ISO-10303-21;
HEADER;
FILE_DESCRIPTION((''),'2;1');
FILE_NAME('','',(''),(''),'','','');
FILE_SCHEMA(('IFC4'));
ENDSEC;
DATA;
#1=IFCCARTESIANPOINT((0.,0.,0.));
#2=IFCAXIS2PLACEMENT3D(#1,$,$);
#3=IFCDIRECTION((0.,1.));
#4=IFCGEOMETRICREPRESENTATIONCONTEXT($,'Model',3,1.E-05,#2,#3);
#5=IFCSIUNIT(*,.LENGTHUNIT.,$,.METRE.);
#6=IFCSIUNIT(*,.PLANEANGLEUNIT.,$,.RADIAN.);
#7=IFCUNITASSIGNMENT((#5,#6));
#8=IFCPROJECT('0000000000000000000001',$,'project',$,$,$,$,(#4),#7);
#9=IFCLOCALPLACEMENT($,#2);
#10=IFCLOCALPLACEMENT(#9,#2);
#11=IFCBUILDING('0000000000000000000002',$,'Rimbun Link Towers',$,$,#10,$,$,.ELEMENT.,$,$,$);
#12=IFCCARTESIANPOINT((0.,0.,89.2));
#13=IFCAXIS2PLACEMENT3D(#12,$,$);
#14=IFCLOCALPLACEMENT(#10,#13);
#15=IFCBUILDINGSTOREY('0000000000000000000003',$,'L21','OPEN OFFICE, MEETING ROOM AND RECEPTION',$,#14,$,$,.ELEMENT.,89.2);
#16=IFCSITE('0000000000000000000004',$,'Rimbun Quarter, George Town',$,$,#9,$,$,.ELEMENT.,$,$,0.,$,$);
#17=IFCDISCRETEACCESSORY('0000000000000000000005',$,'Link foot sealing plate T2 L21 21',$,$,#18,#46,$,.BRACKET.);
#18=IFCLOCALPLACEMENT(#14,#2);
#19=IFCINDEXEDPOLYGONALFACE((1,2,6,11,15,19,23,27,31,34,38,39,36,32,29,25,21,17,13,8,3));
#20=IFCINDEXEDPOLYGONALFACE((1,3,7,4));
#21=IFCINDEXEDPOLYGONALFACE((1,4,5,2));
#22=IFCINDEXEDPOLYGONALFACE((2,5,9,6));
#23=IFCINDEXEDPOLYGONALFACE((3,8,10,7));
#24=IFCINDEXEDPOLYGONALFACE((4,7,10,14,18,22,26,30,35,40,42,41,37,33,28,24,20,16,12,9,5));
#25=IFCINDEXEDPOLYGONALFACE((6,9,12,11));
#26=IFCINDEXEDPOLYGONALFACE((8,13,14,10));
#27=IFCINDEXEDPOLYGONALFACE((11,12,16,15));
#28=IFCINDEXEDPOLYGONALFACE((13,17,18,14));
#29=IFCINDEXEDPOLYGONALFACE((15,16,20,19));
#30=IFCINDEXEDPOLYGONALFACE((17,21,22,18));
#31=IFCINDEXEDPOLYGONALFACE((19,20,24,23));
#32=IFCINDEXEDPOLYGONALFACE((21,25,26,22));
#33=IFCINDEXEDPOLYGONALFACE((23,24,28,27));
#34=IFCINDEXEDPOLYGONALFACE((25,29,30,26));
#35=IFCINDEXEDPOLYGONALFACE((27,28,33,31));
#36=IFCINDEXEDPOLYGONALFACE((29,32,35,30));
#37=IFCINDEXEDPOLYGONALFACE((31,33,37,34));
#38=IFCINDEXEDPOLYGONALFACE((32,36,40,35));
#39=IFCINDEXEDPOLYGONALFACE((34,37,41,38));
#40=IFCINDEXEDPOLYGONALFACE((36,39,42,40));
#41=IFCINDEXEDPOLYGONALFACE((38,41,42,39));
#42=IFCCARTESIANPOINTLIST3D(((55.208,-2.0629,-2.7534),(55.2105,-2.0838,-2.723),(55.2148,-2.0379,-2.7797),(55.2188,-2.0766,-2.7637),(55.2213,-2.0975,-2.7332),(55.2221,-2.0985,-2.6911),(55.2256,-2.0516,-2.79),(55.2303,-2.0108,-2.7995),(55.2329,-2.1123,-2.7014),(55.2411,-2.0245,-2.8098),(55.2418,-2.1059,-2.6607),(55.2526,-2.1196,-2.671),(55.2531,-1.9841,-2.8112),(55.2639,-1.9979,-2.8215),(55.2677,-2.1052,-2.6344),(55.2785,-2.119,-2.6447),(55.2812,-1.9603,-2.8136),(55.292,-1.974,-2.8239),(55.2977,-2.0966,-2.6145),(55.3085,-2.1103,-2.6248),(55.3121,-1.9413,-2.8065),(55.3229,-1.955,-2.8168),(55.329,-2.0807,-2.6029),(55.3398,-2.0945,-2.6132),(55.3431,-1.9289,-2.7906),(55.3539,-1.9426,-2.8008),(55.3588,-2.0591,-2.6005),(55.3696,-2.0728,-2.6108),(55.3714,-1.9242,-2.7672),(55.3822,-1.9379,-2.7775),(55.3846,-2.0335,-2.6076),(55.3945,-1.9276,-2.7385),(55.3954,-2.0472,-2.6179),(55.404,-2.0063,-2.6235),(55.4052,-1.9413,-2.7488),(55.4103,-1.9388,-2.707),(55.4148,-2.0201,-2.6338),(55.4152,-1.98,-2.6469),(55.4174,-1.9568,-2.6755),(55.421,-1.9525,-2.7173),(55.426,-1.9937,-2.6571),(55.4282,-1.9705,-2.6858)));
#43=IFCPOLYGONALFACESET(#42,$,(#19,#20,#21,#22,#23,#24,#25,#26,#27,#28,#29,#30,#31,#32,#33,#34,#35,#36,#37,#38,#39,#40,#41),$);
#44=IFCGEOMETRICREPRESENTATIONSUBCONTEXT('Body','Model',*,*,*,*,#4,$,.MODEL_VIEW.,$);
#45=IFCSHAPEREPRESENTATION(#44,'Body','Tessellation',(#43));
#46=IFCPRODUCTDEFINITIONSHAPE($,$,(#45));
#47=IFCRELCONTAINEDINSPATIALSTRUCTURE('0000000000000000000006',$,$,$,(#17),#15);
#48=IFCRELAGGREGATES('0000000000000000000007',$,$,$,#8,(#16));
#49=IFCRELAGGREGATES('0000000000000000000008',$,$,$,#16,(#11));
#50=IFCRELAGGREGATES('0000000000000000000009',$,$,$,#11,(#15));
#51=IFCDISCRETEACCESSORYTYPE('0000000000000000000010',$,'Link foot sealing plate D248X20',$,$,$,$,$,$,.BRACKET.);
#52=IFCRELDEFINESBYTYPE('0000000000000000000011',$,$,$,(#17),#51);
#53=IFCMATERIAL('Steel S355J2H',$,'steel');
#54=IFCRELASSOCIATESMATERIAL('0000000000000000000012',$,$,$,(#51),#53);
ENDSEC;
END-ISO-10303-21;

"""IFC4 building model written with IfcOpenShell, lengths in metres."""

from ifc_helpers import new_model, si_unit, direction, frame, origin, origin_2d, place, context, subcontext, project, spatial, circle, extrude, material, material_profile, profile_set, type_object, element, save


model = new_model("IFC4")

# Units and contexts
model_context = context("Model", 3, precision=1e-05, world=origin(), true_north=direction((0.0, 1.0)))
body_context = subcontext(model_context, "Body", "Model", "MODEL_VIEW")
ifc_project = project(units=[si_unit("LENGTHUNIT", "METRE"), si_unit("PLANEANGLEUNIT", "RADIAN")], contexts=[model_context])

# Site, building, storey
site_placement = place(None, origin())
site = spatial("IfcSite", under=ifc_project, at=site_placement, Name="Rimbun Quarter, George Town", CompositionType="ELEMENT", RefElevation=0.0)
building_placement = place(site_placement, origin())
building = spatial("IfcBuilding", under=site, at=building_placement, Name="Rimbun Link Towers", CompositionType="ELEMENT")
storey_placement = place(building_placement, frame((0.0, 0.0, 89.2)))
storey = spatial("IfcBuildingStorey", under=building, at=storey_placement, Name="L21", Description="OPEN OFFICE, MEETING ROOM AND RECEPTION", CompositionType="ELEMENT", Elevation=89.2)

# Discrete accessory
ifc_material_1 = material(Name="Steel S355J2H", Category="steel")
ifc_material_profile_1 = material_profile(ifc_material_1, circle(Radius=0.124, at=origin_2d()), Name="PL D248")
ifc_profile_set_1 = profile_set([ifc_material_profile_1], Name="Steel S355J2H")
discrete_accessory_type = type_object("IfcDiscreteAccessoryType", Name="Link foot sealing plate D248X20", PredefinedType="BRACKET", material=ifc_profile_set_1)
discrete_accessory_placement = place(storey_placement, frame((55.3127, -2.0154, -2.707), z_axis=(0.532172, -0.677309, -0.507982), x_axis=(0.786318, 0.617822, 0.0)))
element("IfcDiscreteAccessory", 1, at=discrete_accessory_placement, inside=storey, type_object=discrete_accessory_type, Name="Link foot sealing plate T2 L21 21", PredefinedType="BRACKET", context=body_context, shape_type="SweptSolid", body=[
    extrude(circle(Radius=0.124, at=origin_2d()), origin(), (0.0, 0.0, 1.0), 0.0203),
])

save(model, "model.ifc")
